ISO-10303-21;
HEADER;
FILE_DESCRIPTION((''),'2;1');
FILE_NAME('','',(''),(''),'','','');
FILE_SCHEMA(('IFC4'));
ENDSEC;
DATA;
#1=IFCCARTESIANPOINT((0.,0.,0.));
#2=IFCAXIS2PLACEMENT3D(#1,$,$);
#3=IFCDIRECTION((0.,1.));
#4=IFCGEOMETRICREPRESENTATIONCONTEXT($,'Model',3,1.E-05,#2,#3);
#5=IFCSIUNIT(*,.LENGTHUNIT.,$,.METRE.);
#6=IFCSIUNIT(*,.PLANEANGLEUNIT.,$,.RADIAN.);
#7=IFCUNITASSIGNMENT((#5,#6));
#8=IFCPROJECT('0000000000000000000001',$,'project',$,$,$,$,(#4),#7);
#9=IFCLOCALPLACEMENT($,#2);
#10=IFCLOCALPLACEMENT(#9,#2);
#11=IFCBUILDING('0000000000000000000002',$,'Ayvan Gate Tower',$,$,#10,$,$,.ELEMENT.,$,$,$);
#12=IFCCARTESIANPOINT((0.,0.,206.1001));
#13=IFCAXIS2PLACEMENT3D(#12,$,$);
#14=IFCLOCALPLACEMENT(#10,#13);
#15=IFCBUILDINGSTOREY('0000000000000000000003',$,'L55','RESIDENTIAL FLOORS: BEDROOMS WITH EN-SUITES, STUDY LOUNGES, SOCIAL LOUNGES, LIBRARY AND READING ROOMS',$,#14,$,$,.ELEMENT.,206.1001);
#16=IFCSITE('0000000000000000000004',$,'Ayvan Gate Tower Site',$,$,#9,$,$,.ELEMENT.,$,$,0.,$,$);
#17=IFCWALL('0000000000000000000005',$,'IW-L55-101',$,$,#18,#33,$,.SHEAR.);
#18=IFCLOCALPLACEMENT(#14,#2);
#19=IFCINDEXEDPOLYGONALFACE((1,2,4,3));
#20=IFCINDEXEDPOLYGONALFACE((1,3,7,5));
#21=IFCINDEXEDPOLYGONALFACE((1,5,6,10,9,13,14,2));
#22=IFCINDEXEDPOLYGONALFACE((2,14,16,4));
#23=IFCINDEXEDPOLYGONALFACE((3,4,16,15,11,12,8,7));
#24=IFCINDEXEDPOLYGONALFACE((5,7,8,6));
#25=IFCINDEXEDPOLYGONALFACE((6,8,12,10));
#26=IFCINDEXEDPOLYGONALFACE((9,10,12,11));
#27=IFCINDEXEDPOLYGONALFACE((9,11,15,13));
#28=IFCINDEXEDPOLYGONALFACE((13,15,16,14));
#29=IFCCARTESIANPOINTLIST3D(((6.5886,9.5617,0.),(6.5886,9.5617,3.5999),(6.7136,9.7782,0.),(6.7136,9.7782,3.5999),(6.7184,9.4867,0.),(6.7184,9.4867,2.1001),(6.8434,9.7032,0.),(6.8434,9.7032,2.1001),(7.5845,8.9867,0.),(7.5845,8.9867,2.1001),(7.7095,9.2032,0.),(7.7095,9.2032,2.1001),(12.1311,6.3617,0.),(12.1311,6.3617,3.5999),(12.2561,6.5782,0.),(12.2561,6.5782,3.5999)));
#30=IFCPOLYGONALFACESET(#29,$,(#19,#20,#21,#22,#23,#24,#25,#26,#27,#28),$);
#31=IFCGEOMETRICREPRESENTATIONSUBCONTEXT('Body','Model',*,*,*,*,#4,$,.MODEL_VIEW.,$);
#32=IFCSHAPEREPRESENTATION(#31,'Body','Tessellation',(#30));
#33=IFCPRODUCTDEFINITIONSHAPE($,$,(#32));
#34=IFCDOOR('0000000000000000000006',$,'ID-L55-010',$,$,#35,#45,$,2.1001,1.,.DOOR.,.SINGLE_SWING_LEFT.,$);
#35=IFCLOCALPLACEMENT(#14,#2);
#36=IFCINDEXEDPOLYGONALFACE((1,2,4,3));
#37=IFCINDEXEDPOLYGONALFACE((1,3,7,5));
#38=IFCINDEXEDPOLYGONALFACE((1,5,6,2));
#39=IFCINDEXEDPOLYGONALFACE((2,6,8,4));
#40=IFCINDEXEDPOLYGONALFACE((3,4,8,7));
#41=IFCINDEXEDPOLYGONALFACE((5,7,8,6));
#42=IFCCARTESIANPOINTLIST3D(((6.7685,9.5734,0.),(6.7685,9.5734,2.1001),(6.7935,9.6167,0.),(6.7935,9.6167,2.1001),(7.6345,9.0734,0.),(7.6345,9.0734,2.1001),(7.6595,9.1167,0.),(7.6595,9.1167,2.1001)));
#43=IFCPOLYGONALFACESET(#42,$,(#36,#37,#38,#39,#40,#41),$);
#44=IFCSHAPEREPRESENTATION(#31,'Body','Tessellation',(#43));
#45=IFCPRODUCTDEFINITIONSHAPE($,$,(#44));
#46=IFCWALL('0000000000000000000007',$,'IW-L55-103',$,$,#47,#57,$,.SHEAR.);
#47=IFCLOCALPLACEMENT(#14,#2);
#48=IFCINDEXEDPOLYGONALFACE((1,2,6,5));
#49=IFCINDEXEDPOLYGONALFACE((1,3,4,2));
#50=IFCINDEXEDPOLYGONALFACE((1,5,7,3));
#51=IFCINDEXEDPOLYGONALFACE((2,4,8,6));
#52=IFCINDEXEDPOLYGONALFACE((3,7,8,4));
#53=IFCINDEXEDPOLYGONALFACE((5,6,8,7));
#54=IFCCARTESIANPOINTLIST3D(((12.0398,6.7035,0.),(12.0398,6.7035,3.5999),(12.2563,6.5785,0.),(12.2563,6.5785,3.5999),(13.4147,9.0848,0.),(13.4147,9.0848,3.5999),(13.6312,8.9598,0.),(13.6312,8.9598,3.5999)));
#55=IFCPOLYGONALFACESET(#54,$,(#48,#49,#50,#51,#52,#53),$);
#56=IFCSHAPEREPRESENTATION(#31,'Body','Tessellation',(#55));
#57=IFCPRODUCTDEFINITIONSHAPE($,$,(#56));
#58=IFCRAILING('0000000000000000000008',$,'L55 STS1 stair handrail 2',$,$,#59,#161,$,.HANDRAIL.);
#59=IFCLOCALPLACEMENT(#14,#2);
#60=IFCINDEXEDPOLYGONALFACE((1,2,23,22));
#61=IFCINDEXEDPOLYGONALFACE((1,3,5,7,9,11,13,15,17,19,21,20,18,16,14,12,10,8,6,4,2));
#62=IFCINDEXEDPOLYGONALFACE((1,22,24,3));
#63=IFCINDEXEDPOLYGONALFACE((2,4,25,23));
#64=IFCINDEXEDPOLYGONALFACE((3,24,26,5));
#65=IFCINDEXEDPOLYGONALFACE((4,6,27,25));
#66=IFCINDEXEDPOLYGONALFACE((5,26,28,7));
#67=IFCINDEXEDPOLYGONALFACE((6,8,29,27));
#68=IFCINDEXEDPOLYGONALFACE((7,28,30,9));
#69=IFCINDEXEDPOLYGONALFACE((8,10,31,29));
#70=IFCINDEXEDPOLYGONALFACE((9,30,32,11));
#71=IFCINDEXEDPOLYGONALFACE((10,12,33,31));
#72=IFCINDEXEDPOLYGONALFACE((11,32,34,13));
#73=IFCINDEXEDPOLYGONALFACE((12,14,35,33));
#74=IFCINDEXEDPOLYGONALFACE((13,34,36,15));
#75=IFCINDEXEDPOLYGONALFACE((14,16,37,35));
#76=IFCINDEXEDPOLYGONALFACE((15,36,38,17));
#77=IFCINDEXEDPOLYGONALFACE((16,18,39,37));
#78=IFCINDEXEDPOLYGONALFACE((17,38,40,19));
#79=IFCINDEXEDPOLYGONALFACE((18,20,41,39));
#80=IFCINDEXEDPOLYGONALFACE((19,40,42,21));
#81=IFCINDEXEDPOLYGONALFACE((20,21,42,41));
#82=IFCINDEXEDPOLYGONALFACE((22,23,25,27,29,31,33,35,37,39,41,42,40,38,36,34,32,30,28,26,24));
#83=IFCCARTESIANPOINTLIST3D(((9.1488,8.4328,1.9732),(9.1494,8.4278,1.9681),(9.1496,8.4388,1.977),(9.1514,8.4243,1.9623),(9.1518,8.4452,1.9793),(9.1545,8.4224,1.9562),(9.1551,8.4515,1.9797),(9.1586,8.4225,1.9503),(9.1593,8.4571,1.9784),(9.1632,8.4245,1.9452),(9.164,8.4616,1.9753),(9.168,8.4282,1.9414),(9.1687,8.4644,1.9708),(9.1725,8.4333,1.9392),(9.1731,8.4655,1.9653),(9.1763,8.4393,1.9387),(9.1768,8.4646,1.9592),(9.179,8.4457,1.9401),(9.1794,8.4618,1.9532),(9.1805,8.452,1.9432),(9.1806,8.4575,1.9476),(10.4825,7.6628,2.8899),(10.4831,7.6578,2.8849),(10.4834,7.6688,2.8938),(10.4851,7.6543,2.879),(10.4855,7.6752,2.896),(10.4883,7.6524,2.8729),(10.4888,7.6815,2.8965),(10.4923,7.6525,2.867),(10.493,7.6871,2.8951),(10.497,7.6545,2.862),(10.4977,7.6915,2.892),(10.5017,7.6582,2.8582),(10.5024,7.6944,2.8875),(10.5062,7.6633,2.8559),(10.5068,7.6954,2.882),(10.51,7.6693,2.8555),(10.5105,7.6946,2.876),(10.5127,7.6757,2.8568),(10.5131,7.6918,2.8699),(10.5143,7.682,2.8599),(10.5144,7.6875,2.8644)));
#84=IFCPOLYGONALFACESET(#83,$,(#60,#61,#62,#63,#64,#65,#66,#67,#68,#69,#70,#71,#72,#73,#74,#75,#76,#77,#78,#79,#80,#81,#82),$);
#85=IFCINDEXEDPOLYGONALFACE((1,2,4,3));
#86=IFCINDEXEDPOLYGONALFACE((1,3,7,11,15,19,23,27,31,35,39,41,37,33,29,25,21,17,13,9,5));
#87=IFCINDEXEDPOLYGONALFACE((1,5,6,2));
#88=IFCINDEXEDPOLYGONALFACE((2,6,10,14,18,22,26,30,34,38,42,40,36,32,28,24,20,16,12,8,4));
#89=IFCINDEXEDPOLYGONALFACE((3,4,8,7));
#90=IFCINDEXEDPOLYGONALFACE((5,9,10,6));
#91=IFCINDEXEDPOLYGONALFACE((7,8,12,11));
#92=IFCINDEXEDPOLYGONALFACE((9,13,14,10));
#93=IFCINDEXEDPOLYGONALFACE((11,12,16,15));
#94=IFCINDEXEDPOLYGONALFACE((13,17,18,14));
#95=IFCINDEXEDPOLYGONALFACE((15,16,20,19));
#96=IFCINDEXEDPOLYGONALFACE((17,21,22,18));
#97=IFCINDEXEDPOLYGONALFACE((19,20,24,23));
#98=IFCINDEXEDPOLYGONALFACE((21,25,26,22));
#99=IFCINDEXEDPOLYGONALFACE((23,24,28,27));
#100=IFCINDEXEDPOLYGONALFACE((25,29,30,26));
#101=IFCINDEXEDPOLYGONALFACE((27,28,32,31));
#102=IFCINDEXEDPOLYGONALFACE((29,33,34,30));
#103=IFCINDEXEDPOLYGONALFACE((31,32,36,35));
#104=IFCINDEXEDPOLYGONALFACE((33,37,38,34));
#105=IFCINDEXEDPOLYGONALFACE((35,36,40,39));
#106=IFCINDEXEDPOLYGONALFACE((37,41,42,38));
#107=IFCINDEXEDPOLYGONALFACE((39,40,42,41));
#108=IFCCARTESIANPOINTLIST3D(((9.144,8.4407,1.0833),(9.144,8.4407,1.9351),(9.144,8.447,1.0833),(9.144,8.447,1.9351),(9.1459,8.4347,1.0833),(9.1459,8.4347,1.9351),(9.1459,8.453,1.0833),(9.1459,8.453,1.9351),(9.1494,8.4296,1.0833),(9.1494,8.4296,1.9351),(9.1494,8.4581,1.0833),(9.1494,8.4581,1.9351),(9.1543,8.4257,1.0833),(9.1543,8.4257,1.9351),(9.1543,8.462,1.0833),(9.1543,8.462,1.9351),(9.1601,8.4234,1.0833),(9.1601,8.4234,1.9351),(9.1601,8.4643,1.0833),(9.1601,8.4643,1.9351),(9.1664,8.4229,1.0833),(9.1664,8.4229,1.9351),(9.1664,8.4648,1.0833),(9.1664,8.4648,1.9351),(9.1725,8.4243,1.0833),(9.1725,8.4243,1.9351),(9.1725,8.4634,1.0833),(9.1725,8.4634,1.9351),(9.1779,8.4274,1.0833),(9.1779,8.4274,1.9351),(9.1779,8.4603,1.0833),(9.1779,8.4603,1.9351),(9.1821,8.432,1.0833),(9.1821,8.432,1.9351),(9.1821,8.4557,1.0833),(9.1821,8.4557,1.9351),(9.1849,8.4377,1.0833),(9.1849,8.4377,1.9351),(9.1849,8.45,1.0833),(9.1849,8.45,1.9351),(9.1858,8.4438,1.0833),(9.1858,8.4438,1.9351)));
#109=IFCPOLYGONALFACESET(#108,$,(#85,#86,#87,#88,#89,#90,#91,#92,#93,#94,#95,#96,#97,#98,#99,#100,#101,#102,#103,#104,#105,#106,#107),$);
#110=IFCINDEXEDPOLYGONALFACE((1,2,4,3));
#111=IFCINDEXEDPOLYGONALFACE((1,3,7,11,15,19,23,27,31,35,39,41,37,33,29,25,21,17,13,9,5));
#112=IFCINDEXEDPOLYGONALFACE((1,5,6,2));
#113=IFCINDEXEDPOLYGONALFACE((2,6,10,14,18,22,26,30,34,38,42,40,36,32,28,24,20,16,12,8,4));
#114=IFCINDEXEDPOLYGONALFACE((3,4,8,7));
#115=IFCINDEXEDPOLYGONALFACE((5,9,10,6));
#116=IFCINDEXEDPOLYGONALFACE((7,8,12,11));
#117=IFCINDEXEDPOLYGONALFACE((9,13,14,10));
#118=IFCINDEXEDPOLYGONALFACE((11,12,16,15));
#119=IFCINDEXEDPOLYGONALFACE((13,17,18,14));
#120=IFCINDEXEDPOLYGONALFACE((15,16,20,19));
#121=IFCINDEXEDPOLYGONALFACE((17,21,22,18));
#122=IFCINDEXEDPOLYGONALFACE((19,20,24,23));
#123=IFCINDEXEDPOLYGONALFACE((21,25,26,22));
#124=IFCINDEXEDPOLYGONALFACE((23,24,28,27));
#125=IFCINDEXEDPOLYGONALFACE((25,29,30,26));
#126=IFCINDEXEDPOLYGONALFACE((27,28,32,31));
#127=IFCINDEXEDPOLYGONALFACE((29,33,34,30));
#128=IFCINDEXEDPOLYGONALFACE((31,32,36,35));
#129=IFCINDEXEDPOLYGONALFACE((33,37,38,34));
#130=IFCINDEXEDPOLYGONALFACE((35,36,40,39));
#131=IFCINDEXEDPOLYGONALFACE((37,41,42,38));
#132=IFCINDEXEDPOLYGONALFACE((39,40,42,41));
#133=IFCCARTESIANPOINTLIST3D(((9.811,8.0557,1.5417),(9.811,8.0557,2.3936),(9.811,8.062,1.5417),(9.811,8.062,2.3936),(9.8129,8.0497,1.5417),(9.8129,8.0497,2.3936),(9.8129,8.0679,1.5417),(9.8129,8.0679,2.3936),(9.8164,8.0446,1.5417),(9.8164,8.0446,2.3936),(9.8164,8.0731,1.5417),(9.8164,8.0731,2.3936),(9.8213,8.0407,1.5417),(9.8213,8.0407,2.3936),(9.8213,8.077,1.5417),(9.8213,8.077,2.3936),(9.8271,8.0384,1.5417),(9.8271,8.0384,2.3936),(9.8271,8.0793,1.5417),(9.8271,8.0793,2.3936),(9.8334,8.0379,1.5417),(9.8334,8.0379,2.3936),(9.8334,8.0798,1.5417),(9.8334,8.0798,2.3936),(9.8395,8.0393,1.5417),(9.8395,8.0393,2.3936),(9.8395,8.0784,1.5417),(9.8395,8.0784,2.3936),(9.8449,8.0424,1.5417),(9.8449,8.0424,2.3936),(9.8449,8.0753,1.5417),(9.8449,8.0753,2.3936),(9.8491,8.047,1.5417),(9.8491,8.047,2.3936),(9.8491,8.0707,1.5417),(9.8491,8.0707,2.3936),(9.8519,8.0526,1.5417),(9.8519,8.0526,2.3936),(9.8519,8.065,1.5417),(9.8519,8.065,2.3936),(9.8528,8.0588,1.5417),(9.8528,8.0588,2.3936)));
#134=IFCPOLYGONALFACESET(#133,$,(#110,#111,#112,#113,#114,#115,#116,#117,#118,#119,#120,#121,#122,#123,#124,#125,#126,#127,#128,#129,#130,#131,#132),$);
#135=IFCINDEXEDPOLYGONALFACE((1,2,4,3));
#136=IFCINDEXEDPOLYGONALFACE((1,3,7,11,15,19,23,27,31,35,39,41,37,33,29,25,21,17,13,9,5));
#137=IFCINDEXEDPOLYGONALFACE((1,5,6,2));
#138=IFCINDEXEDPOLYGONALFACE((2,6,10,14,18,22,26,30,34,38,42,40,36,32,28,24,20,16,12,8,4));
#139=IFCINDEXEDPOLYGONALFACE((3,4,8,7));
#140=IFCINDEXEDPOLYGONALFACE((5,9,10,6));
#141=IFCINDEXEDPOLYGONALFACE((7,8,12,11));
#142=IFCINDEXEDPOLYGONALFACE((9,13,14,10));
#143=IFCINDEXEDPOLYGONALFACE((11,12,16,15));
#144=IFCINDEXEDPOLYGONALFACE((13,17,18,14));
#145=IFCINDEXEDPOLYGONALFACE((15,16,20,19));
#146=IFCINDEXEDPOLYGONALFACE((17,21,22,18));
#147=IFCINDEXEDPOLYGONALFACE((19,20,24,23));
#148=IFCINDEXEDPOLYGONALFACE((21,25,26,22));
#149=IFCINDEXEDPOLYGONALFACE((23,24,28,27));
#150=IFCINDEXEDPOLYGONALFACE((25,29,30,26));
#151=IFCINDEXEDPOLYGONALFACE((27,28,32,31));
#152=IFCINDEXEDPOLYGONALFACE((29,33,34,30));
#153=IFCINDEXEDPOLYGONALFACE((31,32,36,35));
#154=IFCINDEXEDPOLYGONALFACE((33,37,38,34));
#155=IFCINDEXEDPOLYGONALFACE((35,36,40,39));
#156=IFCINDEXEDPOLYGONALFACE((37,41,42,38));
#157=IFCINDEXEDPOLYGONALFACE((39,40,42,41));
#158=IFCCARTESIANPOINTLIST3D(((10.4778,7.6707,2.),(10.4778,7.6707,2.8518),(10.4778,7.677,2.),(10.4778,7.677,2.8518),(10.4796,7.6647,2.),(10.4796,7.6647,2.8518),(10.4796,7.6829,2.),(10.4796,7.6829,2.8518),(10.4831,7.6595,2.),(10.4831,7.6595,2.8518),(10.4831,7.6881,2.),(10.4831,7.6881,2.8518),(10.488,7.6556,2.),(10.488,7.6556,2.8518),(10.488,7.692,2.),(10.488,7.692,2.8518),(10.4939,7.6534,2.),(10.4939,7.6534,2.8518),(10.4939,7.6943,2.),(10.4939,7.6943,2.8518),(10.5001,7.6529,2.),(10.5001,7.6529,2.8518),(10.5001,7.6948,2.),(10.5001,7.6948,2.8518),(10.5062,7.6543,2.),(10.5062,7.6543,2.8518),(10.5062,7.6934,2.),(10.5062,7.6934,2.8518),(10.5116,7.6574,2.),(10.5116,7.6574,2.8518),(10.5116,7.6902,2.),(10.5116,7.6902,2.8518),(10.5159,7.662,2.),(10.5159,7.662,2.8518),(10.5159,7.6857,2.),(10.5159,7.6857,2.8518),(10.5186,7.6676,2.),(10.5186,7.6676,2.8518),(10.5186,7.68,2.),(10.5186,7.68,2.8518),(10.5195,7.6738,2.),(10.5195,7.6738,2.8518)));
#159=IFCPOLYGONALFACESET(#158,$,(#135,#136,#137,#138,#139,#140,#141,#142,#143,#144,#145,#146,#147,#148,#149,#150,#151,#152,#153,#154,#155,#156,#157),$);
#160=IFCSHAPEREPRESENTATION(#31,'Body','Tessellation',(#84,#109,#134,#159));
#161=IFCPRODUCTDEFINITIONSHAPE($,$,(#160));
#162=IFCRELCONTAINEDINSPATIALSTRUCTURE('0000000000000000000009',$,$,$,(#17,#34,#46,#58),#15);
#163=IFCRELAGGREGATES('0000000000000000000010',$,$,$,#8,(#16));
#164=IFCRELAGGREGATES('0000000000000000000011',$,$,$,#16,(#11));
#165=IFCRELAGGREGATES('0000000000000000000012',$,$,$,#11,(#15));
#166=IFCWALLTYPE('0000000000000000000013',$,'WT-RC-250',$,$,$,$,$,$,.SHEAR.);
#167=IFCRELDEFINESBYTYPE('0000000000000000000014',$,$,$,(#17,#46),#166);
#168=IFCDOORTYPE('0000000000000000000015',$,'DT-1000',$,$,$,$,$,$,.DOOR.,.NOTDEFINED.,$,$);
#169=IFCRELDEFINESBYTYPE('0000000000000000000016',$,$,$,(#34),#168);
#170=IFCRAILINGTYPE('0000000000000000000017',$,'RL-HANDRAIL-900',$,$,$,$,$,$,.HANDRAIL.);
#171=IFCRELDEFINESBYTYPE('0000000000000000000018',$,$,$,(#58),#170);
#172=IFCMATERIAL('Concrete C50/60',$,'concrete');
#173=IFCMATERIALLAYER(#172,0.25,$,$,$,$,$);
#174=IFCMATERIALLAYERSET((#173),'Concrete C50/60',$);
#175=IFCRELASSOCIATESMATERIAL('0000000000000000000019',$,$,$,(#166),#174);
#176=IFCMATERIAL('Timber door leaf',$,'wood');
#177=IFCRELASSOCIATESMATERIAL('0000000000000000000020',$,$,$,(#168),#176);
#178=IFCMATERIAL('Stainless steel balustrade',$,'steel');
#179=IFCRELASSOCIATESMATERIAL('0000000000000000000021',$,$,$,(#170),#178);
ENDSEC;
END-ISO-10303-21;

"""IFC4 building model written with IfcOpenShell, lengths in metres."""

from ifc_helpers import new_model, si_unit, direction, frame, frame_2d, origin, origin_2d, place, context, subcontext, project, spatial, rectangle, circle, extrude, material, layer, layer_set, type_object, element, fill, save


model = new_model("IFC4")

# Units and contexts
model_context = context("Model", 3, precision=1e-05, world=origin(), true_north=direction((0.0, 1.0)))
body_context = subcontext(model_context, "Body", "Model", "MODEL_VIEW")
ifc_project = project(units=[si_unit("LENGTHUNIT", "METRE"), si_unit("PLANEANGLEUNIT", "RADIAN")], contexts=[model_context])

# Site, building, storey
site_placement = place(None, origin())
site = spatial("IfcSite", under=ifc_project, at=site_placement, Name="Ayvan Gate Tower Site", CompositionType="ELEMENT", RefElevation=0.0)
building_placement = place(site_placement, origin())
building = spatial("IfcBuilding", under=site, at=building_placement, Name="Ayvan Gate Tower", CompositionType="ELEMENT")
storey_placement = place(building_placement, frame((0.0, 0.0, 206.1001)))
storey = spatial("IfcBuildingStorey", under=building, at=storey_placement, Name="L55", Description="RESIDENTIAL FLOORS: BEDROOMS WITH EN-SUITES, STUDY LOUNGES, SOCIAL LOUNGES, LIBRARY AND READING ROOMS", CompositionType="ELEMENT", Elevation=206.1001)

# Shared definitions
ifc_material_1 = material(Name="Timber door leaf", Category="wood")

# Wall, opening, door
ifc_material_2 = material(Name="Concrete C50/60", Category="concrete")
ifc_layer_1 = layer(ifc_material_2, 0.25)
ifc_layer_set_1 = layer_set([ifc_layer_1], Name="Concrete C50/60")
wall_type_1 = type_object("IfcWallType", Name="WT-RC-250", PredefinedType="SHEAR", material=ifc_layer_set_1)
wall_1_placement = place(storey_placement, frame((12.1936, 6.47, 0.0), z_axis=(0.0, 0.0, 1.0), x_axis=(-0.866025, 0.5, 0.0)))
wall_1 = element("IfcWall", 1, at=wall_1_placement, inside=storey, type_object=wall_type_1, Name="IW-L55-101", PredefinedType="SHEAR", context=body_context, shape_type="SweptSolid", body=[
    extrude(rectangle(XDim=6.3999, YDim=0.25, at=frame_2d((3.2, 0.0))), origin(), (0.0, 0.0, 1.0), 3.5999),
])
opening_1_placement = place(wall_1_placement, frame((5.25, 0.0, 0.0)))
opening_1 = element("IfcOpeningElement", 2, at=opening_1_placement, cuts=wall_1, PredefinedType="OPENING", context=body_context, shape_type="SweptSolid", body=[
    extrude(rectangle(XDim=1.0, YDim=2.1001, at=frame_2d((0.5, 1.05))), frame((0.0, 0.135, 0.0), z_axis=(0.0, -1.0, 0.0), x_axis=(1.0, 0.0, 0.0)), (0.0, 0.0, 1.0), 0.27),
])
door_type_1 = type_object("IfcDoorType", Name="DT-1000", OperationType="NOTDEFINED", PredefinedType="DOOR", material=ifc_material_1)
door_1_placement = place(opening_1_placement, origin())
door_1 = element("IfcDoor", 3, at=door_1_placement, inside=storey, type_object=door_type_1, Name="ID-L55-010", OperationType="SINGLE_SWING_LEFT", OverallHeight=2.1001, OverallWidth=1.0, PredefinedType="DOOR", context=body_context, shape_type="SweptSolid", body=[
    extrude(rectangle(XDim=1.0, YDim=2.1001, at=frame_2d((0.5, 1.05))), frame((0.0, 0.0249, 0.0), z_axis=(0.0, -1.0, 0.0), x_axis=(1.0, 0.0, 0.0)), (0.0, 0.0, 1.0), 0.05),
])
fill(opening_1, door_1)

# Wall
wall_2_placement = place(storey_placement, frame((12.1479, 6.6409, 0.0), z_axis=(0.0, 0.0, 1.0), x_axis=(0.500035, 0.866005, 0.0)))
element("IfcWall", 4, at=wall_2_placement, inside=storey, type_object=wall_type_1, Name="IW-L55-103", PredefinedType="SHEAR", context=body_context, shape_type="SweptSolid", body=[
    extrude(rectangle(XDim=2.7498, YDim=0.25, at=frame_2d((1.375, 0.0))), origin(), (0.0, 0.0, 1.0), 3.5999),
])

# Railing
ifc_material_3 = material(Name="Stainless steel balustrade", Category="steel")
railing_type = type_object("IfcRailingType", Name="RL-HANDRAIL-900", PredefinedType="HANDRAIL", material=ifc_material_3)
railing_placement = place(storey_placement, frame((9.1648, 8.4438, 1.0833)))
element("IfcRailing", 5, at=railing_placement, inside=storey, type_object=railing_type, Name="L55 STS1 stair handrail 2", PredefinedType="HANDRAIL", context=body_context, shape_type="SweptSolid", body=[
    extrude(circle(Radius=0.0239, at=origin_2d()), frame((0.0, 0.0, 0.876), z_axis=(0.744164, -0.429634, 0.511502), x_axis=(0.499992, 0.86603, 0.0)), (0.0, 0.0, 1.0), 1.7922),
    extrude(circle(Radius=0.021, at=origin_2d()), origin(), (0.0, 0.0, 1.0), 0.8518),
    extrude(circle(Radius=0.021, at=origin_2d()), frame((0.667, -0.385, 0.4585)), (0.0, 0.0, 1.0), 0.8518),
    extrude(circle(Radius=0.021, at=origin_2d()), frame((1.3337, -0.77, 0.9167)), (0.0, 0.0, 1.0), 0.8518),
])

save(model, "model.ifc")
